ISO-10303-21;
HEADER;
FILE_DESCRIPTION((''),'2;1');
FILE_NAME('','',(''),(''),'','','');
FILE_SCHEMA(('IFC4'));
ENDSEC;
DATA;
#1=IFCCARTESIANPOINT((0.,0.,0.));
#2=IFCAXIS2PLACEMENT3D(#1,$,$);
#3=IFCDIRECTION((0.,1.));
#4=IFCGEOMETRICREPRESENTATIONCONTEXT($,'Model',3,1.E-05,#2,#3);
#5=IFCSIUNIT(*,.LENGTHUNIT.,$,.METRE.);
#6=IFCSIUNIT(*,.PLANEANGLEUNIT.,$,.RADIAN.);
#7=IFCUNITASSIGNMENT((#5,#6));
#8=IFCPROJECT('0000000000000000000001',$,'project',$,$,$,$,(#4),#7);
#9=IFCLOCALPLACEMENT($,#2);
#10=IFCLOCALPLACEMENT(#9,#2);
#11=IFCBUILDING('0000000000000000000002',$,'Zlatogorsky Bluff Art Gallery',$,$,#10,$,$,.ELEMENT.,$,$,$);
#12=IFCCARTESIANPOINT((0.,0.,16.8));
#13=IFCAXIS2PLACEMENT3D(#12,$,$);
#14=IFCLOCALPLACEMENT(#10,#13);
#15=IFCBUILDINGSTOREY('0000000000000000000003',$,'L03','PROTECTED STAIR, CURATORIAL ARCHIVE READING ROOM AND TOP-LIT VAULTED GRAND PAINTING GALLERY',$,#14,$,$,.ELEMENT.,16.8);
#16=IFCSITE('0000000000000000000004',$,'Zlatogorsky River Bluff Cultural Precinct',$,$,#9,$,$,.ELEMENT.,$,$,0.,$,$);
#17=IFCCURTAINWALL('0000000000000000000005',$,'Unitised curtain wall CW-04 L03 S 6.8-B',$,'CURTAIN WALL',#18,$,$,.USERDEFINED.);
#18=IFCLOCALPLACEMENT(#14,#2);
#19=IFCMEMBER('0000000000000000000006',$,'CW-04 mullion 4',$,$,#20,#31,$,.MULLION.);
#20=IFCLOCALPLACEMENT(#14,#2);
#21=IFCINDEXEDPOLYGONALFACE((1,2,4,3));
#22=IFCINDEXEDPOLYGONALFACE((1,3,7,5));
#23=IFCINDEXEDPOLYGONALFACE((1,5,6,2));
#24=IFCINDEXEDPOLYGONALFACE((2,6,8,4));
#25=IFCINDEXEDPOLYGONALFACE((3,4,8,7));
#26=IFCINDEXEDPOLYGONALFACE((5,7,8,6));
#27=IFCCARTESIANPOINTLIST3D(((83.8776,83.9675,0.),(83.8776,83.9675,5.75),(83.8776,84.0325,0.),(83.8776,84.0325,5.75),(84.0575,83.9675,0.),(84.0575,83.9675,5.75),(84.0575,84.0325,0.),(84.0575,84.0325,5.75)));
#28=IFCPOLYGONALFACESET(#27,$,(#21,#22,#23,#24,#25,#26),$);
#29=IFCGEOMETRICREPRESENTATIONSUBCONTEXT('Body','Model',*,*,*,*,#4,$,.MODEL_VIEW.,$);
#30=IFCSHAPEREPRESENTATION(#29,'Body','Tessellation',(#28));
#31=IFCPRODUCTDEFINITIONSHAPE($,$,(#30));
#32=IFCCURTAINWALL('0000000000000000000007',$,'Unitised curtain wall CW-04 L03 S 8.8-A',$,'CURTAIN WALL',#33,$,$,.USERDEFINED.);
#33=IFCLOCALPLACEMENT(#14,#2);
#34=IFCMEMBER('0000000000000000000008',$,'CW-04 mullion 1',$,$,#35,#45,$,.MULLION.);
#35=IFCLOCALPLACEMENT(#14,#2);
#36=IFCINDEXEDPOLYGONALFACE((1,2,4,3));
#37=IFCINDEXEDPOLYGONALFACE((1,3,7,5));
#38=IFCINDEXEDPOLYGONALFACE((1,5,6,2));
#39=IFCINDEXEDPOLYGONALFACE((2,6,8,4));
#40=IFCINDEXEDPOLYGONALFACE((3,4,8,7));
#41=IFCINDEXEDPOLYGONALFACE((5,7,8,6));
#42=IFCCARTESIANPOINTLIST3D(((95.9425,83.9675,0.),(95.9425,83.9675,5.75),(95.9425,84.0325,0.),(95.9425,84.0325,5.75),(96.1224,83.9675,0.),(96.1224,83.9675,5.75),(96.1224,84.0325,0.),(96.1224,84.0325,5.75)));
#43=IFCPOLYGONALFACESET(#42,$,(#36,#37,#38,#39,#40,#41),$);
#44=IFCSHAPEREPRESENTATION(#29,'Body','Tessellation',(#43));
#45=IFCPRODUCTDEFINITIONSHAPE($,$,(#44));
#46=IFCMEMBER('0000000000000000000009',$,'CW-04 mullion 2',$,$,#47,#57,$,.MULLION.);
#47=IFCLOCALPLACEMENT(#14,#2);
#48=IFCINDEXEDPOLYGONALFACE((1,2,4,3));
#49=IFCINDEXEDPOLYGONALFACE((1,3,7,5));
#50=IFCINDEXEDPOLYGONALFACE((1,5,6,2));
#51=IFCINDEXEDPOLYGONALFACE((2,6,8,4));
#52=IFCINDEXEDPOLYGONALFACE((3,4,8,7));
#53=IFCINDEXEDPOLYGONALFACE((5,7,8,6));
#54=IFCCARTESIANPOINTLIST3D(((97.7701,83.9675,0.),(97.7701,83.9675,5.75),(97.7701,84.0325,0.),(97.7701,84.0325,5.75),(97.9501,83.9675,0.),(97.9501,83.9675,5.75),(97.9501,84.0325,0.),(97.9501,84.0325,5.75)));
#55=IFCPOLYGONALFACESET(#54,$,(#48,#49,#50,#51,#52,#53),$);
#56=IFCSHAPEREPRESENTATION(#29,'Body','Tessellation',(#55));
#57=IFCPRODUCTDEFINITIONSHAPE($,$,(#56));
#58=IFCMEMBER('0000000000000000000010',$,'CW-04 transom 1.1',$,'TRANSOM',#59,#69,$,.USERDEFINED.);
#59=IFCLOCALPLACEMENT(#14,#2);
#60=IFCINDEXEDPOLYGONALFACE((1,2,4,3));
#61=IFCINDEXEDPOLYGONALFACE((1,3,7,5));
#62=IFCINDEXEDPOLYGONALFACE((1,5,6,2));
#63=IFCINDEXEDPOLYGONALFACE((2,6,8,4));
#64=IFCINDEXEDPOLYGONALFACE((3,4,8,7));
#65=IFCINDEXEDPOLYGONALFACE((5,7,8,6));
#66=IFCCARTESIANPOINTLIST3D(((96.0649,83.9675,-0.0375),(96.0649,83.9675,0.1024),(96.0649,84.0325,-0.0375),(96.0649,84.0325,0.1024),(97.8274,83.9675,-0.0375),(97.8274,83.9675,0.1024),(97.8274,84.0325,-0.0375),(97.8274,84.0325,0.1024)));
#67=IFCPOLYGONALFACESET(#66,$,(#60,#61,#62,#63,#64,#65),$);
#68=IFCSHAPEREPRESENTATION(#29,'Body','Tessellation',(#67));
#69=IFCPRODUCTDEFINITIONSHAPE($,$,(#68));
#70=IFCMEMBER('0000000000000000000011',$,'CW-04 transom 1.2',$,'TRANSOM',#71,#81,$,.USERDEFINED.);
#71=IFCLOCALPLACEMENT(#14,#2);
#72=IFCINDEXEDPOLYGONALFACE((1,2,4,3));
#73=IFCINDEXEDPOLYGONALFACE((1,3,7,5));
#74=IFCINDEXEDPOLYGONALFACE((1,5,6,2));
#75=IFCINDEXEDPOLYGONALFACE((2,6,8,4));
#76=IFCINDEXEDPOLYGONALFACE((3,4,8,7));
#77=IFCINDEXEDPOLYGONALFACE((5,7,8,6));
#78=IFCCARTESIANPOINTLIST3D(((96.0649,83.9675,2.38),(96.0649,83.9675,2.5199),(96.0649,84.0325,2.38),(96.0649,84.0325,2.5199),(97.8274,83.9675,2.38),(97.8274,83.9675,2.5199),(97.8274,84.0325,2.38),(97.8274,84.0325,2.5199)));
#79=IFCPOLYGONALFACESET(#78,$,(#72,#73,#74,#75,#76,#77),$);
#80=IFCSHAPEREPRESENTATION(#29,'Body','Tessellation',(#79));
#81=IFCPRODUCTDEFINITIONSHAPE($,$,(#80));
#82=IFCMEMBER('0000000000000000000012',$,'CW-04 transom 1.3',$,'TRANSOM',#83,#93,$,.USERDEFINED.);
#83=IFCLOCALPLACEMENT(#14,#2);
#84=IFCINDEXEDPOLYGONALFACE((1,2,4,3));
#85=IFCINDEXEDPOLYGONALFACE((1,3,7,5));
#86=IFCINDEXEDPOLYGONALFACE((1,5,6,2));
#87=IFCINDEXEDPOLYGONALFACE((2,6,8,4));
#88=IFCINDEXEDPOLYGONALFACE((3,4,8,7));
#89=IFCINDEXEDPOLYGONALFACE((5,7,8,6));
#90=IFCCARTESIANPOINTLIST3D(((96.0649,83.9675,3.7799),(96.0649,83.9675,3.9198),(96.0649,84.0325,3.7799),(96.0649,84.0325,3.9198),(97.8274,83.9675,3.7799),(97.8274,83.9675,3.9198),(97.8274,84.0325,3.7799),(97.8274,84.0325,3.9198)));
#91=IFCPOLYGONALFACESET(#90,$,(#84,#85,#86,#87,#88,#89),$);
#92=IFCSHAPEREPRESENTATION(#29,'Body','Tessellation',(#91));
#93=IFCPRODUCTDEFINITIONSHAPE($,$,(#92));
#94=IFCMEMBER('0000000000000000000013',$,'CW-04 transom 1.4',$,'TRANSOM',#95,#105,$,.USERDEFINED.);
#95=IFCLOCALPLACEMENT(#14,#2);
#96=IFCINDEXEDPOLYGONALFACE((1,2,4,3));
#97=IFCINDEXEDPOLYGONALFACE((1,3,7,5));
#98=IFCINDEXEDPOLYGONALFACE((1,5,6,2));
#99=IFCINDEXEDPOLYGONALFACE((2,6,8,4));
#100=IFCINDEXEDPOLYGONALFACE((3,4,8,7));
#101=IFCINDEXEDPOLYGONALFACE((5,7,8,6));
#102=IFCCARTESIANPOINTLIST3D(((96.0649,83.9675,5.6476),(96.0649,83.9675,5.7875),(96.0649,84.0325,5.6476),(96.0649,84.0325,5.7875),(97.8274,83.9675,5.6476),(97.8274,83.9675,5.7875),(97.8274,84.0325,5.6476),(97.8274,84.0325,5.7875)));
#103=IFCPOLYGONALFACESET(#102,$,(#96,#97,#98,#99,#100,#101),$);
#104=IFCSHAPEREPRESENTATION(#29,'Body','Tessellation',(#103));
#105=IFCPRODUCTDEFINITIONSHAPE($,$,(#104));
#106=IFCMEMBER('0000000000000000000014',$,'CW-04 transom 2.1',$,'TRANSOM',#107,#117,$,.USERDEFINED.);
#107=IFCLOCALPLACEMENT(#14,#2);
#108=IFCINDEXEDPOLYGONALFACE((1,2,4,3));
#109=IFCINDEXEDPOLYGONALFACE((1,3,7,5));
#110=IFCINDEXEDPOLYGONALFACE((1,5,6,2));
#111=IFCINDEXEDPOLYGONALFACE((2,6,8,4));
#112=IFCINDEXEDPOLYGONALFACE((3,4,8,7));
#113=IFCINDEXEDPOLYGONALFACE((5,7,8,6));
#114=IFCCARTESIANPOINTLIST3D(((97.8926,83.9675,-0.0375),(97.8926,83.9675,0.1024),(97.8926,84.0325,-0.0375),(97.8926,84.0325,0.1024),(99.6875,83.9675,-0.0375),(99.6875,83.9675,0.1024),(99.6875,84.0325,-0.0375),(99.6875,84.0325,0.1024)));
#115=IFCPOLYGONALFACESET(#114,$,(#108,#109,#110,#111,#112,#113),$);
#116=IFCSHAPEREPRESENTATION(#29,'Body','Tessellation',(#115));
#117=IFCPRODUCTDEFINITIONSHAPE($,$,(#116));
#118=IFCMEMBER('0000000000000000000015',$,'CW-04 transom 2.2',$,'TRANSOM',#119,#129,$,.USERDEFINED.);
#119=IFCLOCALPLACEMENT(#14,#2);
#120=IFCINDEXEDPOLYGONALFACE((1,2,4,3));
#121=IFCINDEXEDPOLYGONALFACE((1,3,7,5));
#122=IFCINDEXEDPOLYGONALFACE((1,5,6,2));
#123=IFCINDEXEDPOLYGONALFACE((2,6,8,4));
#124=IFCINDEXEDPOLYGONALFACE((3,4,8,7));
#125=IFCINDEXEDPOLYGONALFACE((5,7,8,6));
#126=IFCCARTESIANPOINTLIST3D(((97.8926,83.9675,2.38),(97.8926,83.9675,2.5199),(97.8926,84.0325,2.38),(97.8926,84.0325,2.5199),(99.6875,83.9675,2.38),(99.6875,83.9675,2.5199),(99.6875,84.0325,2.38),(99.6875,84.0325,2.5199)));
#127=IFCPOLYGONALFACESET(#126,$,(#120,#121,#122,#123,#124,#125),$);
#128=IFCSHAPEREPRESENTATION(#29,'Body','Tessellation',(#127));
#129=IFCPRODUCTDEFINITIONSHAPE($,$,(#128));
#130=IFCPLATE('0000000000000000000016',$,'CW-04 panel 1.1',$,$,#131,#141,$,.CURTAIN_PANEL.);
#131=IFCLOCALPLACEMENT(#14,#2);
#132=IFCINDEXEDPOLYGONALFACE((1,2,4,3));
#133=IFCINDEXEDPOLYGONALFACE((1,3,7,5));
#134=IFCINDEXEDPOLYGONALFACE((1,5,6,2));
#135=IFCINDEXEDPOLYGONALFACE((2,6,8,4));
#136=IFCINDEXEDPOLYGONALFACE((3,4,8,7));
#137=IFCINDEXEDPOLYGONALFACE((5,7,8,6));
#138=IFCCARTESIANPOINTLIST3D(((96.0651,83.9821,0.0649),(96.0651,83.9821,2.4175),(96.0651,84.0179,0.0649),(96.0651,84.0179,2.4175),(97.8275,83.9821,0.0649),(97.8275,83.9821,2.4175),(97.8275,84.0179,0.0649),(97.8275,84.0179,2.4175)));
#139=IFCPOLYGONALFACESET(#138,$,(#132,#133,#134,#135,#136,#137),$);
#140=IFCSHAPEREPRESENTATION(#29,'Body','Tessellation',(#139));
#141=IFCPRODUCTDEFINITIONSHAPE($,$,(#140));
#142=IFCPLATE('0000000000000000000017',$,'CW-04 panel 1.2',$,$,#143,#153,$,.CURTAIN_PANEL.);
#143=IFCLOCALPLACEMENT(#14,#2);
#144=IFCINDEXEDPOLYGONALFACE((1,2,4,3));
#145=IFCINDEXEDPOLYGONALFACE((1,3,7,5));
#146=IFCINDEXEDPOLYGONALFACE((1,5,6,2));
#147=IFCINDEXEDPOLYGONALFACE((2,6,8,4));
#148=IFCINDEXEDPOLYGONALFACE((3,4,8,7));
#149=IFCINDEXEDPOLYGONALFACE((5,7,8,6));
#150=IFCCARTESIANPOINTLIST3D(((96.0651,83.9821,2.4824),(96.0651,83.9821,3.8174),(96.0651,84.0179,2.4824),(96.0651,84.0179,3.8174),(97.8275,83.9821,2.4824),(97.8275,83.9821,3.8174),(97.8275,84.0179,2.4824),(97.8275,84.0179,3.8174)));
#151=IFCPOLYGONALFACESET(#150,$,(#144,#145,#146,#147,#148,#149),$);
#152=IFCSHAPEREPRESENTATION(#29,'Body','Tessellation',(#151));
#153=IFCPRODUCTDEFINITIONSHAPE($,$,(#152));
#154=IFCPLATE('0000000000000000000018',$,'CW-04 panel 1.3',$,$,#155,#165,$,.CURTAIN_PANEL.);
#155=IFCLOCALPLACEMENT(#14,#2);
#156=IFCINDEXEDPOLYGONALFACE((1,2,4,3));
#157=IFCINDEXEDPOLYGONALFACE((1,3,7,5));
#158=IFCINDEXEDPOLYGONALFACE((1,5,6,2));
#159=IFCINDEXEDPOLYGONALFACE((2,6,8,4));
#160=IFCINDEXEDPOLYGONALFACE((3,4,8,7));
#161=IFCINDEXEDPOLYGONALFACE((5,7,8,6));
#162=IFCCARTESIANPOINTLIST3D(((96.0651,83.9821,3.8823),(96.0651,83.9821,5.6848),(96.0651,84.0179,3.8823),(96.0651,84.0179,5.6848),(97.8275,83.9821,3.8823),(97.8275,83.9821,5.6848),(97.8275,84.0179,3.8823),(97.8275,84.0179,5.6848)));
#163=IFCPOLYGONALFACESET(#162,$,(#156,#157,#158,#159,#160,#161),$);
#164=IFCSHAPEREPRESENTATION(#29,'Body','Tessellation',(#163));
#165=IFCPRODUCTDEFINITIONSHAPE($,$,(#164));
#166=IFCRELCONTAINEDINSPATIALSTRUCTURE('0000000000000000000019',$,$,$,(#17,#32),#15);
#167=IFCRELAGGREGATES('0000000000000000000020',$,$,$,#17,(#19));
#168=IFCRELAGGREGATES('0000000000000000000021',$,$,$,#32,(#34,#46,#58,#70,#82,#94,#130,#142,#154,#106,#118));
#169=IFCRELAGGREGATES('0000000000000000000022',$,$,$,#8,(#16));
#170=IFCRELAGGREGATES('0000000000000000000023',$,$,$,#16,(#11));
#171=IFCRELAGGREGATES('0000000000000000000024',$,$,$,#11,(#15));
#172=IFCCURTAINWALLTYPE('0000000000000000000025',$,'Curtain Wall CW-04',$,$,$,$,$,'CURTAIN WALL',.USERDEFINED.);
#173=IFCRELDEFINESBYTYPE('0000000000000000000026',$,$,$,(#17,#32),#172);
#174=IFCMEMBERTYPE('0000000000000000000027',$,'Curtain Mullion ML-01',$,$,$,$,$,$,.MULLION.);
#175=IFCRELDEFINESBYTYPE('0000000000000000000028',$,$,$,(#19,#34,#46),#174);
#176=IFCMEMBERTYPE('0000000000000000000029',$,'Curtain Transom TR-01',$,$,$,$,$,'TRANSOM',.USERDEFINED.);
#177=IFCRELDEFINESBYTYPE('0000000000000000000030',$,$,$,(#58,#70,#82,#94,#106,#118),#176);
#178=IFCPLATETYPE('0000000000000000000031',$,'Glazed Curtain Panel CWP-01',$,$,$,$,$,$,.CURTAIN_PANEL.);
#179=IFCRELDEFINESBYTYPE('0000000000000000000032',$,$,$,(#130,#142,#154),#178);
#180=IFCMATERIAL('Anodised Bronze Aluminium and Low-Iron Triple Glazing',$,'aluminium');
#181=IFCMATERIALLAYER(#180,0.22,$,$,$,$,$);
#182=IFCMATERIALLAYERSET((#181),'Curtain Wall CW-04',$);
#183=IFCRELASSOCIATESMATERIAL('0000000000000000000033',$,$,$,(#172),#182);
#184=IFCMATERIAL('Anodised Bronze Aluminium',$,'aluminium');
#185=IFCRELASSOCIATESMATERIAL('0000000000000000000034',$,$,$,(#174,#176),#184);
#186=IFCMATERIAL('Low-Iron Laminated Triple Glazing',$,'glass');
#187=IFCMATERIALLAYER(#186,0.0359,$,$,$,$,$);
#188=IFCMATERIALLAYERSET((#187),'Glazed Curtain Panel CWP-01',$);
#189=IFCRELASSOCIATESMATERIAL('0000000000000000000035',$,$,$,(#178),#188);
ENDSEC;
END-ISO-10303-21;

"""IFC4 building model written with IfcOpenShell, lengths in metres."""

from ifc_helpers import new_model, si_unit, direction, frame, origin, origin_2d, place, context, subcontext, project, spatial, rectangle, extrude, material, layer, layer_set, material_profile, profile_set, type_object, element, aggregate, save


model = new_model("IFC4")

# Units and contexts
model_context = context("Model", 3, precision=1e-05, world=origin(), true_north=direction((0.0, 1.0)))
body_context = subcontext(model_context, "Body", "Model", "MODEL_VIEW")
ifc_project = project(units=[si_unit("LENGTHUNIT", "METRE"), si_unit("PLANEANGLEUNIT", "RADIAN")], contexts=[model_context])

# Site, building, storey
site_placement = place(None, origin())
site = spatial("IfcSite", under=ifc_project, at=site_placement, Name="Zlatogorsky River Bluff Cultural Precinct", CompositionType="ELEMENT", RefElevation=0.0)
building_placement = place(site_placement, origin())
building = spatial("IfcBuilding", under=site, at=building_placement, Name="Zlatogorsky Bluff Art Gallery", CompositionType="ELEMENT")
storey_placement = place(building_placement, frame((0.0, 0.0, 16.8)))
storey = spatial("IfcBuildingStorey", under=building, at=storey_placement, Name="L03", Description="PROTECTED STAIR, CURATORIAL ARCHIVE READING ROOM AND TOP-LIT VAULTED GRAND PAINTING GALLERY", CompositionType="ELEMENT", Elevation=16.8)

# Curtain wall, member
ifc_material_1 = material(Name="Anodised Bronze Aluminium and Low-Iron Triple Glazing", Category="aluminium")
ifc_layer_1 = layer(ifc_material_1, 0.22)
ifc_layer_set_1 = layer_set([ifc_layer_1], Name="Curtain Wall CW-04")
curtain_wall_type = type_object("IfcCurtainWallType", Name="Curtain Wall CW-04", ElementType="CURTAIN WALL", PredefinedType="USERDEFINED", material=ifc_layer_set_1)
curtain_wall_1_placement = place(storey_placement, origin())
curtain_wall_1 = element("IfcCurtainWall", 1, at=curtain_wall_1_placement, inside=storey, type_object=curtain_wall_type, Name="Unitised curtain wall CW-04 L03 S 6.8-B", ObjectType="CURTAIN WALL", PredefinedType="USERDEFINED")
ifc_material_2 = material(Name="Anodised Bronze Aluminium", Category="aluminium")
ifc_material_profile_1 = material_profile(ifc_material_2, rectangle(XDim=0.0649, YDim=0.1799, at=origin_2d()), Name="ALU MULLION 65x180")
ifc_profile_set_1 = profile_set([ifc_material_profile_1], Name="Anodised Bronze Aluminium")
member_type_1 = type_object("IfcMemberType", Name="Curtain Mullion ML-01", PredefinedType="MULLION", material=ifc_profile_set_1)
member_1_placement = place(storey_placement, frame((83.9675, 84.0, 0.0), z_axis=(0.0, 0.0, 1.0), x_axis=(0.0, 1.0, 0.0)))
member_1 = element("IfcMember", 2, at=member_1_placement, type_object=member_type_1, Name="CW-04 mullion 4", PredefinedType="MULLION", context=body_context, shape_type="SweptSolid", body=[
    extrude(rectangle(XDim=0.0649, YDim=0.1799, at=origin_2d()), origin(), (0.0, 0.0, 1.0), 5.75),
])
aggregate(curtain_wall_1, [member_1])

# Curtain wall, members, plates
curtain_wall_2_placement = place(storey_placement, origin())
curtain_wall_2 = element("IfcCurtainWall", 3, at=curtain_wall_2_placement, inside=storey, type_object=curtain_wall_type, Name="Unitised curtain wall CW-04 L03 S 8.8-A", ObjectType="CURTAIN WALL", PredefinedType="USERDEFINED")
member_2_placement = place(storey_placement, frame((96.0325, 84.0, 0.0), z_axis=(0.0, 0.0, 1.0), x_axis=(0.0, 1.0, 0.0)))
member_2 = element("IfcMember", 4, at=member_2_placement, type_object=member_type_1, Name="CW-04 mullion 1", PredefinedType="MULLION", context=body_context, shape_type="SweptSolid", body=[
    extrude(rectangle(XDim=0.0649, YDim=0.1799, at=origin_2d()), origin(), (0.0, 0.0, 1.0), 5.75),
])
member_3_placement = place(storey_placement, frame((97.8601, 84.0, 0.0), z_axis=(0.0, 0.0, 1.0), x_axis=(0.0, 1.0, 0.0)))
member_3 = element("IfcMember", 5, at=member_3_placement, type_object=member_type_1, Name="CW-04 mullion 2", PredefinedType="MULLION", context=body_context, shape_type="SweptSolid", body=[
    extrude(rectangle(XDim=0.0649, YDim=0.1799, at=origin_2d()), origin(), (0.0, 0.0, 1.0), 5.75),
])
ifc_material_profile_2 = material_profile(ifc_material_2, rectangle(XDim=0.0649, YDim=0.1399, at=origin_2d()), Name="ALU TRANSOM 65x140")
ifc_profile_set_2 = profile_set([ifc_material_profile_2], Name="Anodised Bronze Aluminium")
member_type_2 = type_object("IfcMemberType", Name="Curtain Transom TR-01", ElementType="TRANSOM", PredefinedType="USERDEFINED", material=ifc_profile_set_2)
member_4_placement = place(storey_placement, frame((96.0649, 84.0, 0.0325), z_axis=(1.0, 0.0, 0.0), x_axis=(0.0, 1.0, 0.0)))
member_4 = element("IfcMember", 6, at=member_4_placement, type_object=member_type_2, Name="CW-04 transom 1.1", ObjectType="TRANSOM", PredefinedType="USERDEFINED", context=body_context, shape_type="SweptSolid", body=[
    extrude(rectangle(XDim=0.0649, YDim=0.1399, at=origin_2d()), origin(), (0.0, 0.0, 1.0), 1.7625),
])
member_5_placement = place(storey_placement, frame((96.0649, 84.0, 2.45), z_axis=(1.0, 0.0, 0.0), x_axis=(0.0, 1.0, 0.0)))
member_5 = element("IfcMember", 7, at=member_5_placement, type_object=member_type_2, Name="CW-04 transom 1.2", ObjectType="TRANSOM", PredefinedType="USERDEFINED", context=body_context, shape_type="SweptSolid", body=[
    extrude(rectangle(XDim=0.0649, YDim=0.1399, at=origin_2d()), origin(), (0.0, 0.0, 1.0), 1.7625),
])
member_6_placement = place(storey_placement, frame((96.0649, 84.0, 3.8499), z_axis=(1.0, 0.0, 0.0), x_axis=(0.0, 1.0, 0.0)))
member_6 = element("IfcMember", 8, at=member_6_placement, type_object=member_type_2, Name="CW-04 transom 1.3", ObjectType="TRANSOM", PredefinedType="USERDEFINED", context=body_context, shape_type="SweptSolid", body=[
    extrude(rectangle(XDim=0.0649, YDim=0.1399, at=origin_2d()), origin(), (0.0, 0.0, 1.0), 1.7625),
])
member_7_placement = place(storey_placement, frame((96.0649, 84.0, 5.7175), z_axis=(1.0, 0.0, 0.0), x_axis=(0.0, 1.0, 0.0)))
member_7 = element("IfcMember", 9, at=member_7_placement, type_object=member_type_2, Name="CW-04 transom 1.4", ObjectType="TRANSOM", PredefinedType="USERDEFINED", context=body_context, shape_type="SweptSolid", body=[
    extrude(rectangle(XDim=0.0649, YDim=0.1399, at=origin_2d()), origin(), (0.0, 0.0, 1.0), 1.7625),
])
member_8_placement = place(storey_placement, frame((97.8926, 84.0, 0.0325), z_axis=(1.0, 0.0, 0.0), x_axis=(0.0, 1.0, 0.0)))
member_8 = element("IfcMember", 10, at=member_8_placement, type_object=member_type_2, Name="CW-04 transom 2.1", ObjectType="TRANSOM", PredefinedType="USERDEFINED", context=body_context, shape_type="SweptSolid", body=[
    extrude(rectangle(XDim=0.0649, YDim=0.1399, at=origin_2d()), origin(), (0.0, 0.0, 1.0), 1.7949),
])
member_9_placement = place(storey_placement, frame((97.8926, 84.0, 2.45), z_axis=(1.0, 0.0, 0.0), x_axis=(0.0, 1.0, 0.0)))
member_9 = element("IfcMember", 11, at=member_9_placement, type_object=member_type_2, Name="CW-04 transom 2.2", ObjectType="TRANSOM", PredefinedType="USERDEFINED", context=body_context, shape_type="SweptSolid", body=[
    extrude(rectangle(XDim=0.0649, YDim=0.1399, at=origin_2d()), origin(), (0.0, 0.0, 1.0), 1.7949),
])
ifc_material_3 = material(Name="Low-Iron Laminated Triple Glazing", Category="glass")
ifc_layer_2 = layer(ifc_material_3, 0.0359)
ifc_layer_set_2 = layer_set([ifc_layer_2], Name="Glazed Curtain Panel CWP-01")
plate_type = type_object("IfcPlateType", Name="Glazed Curtain Panel CWP-01", PredefinedType="CURTAIN_PANEL", material=ifc_layer_set_2)
plate_1_placement = place(storey_placement, frame((96.9463, 84.0, 0.0649), z_axis=(0.0, 0.0, 1.0), x_axis=(1.0, 0.0, 0.0)))
plate_1 = element("IfcPlate", 12, at=plate_1_placement, type_object=plate_type, Name="CW-04 panel 1.1", PredefinedType="CURTAIN_PANEL", context=body_context, shape_type="SweptSolid", body=[
    extrude(rectangle(XDim=1.7625, YDim=0.0359, at=origin_2d()), origin(), (0.0, 0.0, 1.0), 2.3525),
])
plate_2_placement = place(storey_placement, frame((96.9463, 84.0, 2.4824), z_axis=(0.0, 0.0, 1.0), x_axis=(1.0, 0.0, 0.0)))
plate_2 = element("IfcPlate", 13, at=plate_2_placement, type_object=plate_type, Name="CW-04 panel 1.2", PredefinedType="CURTAIN_PANEL", context=body_context, shape_type="SweptSolid", body=[
    extrude(rectangle(XDim=1.7625, YDim=0.0359, at=origin_2d()), origin(), (0.0, 0.0, 1.0), 1.335),
])
plate_3_placement = place(storey_placement, frame((96.9463, 84.0, 3.8823), z_axis=(0.0, 0.0, 1.0), x_axis=(1.0, 0.0, 0.0)))
plate_3 = element("IfcPlate", 14, at=plate_3_placement, type_object=plate_type, Name="CW-04 panel 1.3", PredefinedType="CURTAIN_PANEL", context=body_context, shape_type="SweptSolid", body=[
    extrude(rectangle(XDim=1.7625, YDim=0.0359, at=origin_2d()), origin(), (0.0, 0.0, 1.0), 1.8025),
])
aggregate(curtain_wall_2, [member_2, member_3, member_4, member_5, member_6, member_7, plate_1, plate_2, plate_3, member_8, member_9])

save(model, "model.ifc")
